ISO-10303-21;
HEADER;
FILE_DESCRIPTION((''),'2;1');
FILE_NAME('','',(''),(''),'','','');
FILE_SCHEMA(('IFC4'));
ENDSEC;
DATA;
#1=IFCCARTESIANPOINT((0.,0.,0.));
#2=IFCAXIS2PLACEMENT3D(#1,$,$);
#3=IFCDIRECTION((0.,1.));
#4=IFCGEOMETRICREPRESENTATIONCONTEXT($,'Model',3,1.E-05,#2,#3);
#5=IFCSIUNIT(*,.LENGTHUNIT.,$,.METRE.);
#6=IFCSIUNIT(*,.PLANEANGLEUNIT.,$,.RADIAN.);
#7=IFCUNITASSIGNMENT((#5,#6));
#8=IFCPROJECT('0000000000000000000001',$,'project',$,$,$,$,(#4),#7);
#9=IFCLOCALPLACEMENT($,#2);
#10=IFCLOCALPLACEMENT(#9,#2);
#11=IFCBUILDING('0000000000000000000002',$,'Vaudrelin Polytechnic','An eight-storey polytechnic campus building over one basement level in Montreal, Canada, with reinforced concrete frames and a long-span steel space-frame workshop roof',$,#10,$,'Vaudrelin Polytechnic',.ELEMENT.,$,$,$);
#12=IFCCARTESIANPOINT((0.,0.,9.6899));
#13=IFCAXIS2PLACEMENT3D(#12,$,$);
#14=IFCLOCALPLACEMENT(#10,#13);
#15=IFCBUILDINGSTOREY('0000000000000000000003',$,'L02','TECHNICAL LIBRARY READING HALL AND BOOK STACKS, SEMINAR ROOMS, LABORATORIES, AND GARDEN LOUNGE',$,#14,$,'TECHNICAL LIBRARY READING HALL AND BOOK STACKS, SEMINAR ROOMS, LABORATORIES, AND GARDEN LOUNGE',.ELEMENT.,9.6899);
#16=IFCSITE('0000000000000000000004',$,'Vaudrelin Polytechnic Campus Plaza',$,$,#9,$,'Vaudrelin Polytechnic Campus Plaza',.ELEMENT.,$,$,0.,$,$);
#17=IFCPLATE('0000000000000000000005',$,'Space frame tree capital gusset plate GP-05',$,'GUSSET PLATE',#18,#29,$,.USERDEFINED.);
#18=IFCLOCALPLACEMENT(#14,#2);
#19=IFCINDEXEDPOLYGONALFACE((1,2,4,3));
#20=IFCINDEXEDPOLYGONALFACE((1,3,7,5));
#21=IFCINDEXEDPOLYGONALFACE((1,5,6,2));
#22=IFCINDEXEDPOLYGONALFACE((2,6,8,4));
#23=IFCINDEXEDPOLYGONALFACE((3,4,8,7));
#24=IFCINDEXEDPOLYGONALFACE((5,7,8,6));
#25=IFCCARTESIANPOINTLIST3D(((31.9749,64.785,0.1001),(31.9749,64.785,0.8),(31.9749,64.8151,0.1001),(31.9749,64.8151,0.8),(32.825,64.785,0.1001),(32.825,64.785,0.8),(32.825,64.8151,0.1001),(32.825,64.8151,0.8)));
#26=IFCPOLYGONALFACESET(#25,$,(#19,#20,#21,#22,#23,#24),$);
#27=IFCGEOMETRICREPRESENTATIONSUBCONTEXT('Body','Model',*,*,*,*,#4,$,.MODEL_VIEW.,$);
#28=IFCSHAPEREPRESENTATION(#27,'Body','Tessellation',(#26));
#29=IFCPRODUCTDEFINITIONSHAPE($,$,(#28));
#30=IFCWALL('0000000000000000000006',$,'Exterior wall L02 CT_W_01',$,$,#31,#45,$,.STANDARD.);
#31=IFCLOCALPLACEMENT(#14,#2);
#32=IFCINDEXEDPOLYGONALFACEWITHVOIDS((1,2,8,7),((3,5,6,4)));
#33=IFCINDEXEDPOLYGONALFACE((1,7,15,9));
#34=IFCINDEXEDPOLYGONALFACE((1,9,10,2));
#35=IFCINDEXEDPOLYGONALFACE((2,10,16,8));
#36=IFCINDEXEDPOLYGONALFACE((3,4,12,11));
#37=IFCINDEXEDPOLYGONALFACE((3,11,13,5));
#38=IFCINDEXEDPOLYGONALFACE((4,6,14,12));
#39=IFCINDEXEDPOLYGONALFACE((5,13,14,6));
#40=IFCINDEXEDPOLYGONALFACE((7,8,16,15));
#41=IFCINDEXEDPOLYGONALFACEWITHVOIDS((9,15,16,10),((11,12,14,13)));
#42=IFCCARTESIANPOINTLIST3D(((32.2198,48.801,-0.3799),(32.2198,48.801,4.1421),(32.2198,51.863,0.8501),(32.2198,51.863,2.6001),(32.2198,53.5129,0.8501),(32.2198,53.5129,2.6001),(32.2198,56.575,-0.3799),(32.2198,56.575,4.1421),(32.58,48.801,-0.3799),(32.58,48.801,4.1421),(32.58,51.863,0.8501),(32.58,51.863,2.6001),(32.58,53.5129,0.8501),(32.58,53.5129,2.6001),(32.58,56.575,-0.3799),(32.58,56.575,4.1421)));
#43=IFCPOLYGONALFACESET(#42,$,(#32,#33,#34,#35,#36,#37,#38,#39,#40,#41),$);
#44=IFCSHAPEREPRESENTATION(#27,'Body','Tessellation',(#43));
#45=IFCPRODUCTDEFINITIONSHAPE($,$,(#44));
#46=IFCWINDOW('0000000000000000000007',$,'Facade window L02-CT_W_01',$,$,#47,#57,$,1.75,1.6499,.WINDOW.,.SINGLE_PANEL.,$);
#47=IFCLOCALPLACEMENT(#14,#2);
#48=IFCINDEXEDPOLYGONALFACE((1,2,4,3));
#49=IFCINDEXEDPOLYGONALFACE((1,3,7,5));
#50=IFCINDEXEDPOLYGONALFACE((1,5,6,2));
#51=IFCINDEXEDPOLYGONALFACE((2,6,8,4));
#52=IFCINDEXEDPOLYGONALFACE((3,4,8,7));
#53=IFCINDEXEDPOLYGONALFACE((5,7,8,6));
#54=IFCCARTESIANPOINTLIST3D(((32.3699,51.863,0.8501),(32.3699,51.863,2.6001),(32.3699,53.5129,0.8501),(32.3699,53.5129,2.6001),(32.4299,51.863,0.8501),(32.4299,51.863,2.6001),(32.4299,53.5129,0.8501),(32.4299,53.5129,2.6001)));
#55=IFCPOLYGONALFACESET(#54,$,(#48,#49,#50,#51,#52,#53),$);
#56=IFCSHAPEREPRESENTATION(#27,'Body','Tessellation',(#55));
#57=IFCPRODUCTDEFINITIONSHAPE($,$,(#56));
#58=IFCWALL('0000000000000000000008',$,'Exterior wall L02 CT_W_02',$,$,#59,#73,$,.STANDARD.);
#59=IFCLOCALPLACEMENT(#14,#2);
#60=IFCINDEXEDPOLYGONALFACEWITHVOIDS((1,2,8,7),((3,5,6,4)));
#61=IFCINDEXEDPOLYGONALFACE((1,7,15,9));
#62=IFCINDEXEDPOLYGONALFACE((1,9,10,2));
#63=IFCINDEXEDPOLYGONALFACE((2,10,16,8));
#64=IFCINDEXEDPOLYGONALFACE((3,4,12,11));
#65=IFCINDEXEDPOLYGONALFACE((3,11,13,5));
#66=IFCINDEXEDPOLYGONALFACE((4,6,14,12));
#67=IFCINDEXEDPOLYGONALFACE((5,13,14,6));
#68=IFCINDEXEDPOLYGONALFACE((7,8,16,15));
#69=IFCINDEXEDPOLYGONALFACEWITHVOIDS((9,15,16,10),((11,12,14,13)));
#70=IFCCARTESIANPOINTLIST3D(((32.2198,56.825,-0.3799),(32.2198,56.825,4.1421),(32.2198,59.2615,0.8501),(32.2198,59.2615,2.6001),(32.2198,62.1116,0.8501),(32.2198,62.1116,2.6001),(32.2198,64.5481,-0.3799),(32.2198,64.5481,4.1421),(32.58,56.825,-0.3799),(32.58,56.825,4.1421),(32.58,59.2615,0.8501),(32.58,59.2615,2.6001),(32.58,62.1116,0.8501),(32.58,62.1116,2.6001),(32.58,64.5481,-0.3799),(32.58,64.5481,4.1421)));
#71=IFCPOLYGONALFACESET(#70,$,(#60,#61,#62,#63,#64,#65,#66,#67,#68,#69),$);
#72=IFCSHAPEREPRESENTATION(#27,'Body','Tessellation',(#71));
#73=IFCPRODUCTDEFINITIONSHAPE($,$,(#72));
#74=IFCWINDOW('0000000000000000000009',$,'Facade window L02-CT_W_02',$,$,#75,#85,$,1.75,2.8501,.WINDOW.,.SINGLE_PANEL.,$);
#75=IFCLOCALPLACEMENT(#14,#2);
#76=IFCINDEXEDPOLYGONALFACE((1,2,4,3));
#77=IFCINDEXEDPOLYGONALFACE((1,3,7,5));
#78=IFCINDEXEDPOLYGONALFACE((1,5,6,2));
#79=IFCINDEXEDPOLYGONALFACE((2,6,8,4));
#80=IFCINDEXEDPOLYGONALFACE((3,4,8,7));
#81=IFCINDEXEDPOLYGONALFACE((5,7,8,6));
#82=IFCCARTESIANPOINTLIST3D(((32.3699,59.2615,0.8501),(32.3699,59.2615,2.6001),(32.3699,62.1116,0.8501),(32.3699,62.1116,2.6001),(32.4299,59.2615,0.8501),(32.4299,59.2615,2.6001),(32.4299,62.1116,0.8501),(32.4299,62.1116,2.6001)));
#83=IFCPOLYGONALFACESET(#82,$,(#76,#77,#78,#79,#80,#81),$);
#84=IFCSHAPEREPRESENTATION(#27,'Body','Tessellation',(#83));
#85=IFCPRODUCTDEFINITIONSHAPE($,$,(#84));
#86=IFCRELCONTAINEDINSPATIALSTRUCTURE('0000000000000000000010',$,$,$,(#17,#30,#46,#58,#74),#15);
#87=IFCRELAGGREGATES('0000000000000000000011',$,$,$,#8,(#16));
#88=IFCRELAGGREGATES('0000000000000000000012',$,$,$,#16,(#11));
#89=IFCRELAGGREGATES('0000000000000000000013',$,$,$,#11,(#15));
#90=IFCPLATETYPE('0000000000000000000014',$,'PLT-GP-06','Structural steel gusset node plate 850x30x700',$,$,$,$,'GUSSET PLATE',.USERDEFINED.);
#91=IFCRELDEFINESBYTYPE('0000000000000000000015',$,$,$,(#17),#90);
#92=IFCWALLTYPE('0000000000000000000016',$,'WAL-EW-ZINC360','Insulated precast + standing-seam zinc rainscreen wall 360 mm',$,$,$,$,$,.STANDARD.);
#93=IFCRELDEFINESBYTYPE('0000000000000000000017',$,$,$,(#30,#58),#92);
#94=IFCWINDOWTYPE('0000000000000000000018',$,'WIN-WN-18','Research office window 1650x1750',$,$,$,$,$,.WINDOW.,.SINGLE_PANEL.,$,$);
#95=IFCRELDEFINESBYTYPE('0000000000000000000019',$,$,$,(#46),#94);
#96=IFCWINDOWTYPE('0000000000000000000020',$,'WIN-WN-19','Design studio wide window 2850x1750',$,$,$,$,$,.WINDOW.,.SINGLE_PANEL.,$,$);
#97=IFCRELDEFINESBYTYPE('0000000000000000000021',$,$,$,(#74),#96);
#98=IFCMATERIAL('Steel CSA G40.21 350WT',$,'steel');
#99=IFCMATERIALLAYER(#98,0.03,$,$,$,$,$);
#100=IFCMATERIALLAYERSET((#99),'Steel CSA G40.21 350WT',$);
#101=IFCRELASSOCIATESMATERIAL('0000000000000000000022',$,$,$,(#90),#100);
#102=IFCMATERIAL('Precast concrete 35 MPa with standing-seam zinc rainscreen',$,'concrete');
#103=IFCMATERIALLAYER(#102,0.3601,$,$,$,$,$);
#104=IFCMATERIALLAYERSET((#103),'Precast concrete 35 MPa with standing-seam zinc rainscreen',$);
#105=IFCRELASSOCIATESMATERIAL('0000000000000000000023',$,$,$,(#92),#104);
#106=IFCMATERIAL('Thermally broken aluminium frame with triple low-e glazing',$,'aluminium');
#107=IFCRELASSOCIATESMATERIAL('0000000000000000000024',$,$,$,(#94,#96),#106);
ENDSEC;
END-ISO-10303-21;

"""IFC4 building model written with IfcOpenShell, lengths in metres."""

from ifc_helpers import new_model, si_unit, direction, frame, frame_2d, origin, origin_2d, place, context, subcontext, project, spatial, rectangle, extrude, material, layer, layer_set, type_object, element, fill, save


model = new_model("IFC4")

# Units and contexts
model_context = context("Model", 3, precision=1e-05, world=origin(), true_north=direction((0.0, 1.0)))
body_context = subcontext(model_context, "Body", "Model", "MODEL_VIEW")
ifc_project = project(units=[si_unit("LENGTHUNIT", "METRE"), si_unit("PLANEANGLEUNIT", "RADIAN")], contexts=[model_context])

# Site, building, storey
site_placement = place(None, origin())
site = spatial("IfcSite", under=ifc_project, at=site_placement, Name="Vaudrelin Polytechnic Campus Plaza", LongName="Vaudrelin Polytechnic Campus Plaza", CompositionType="ELEMENT", RefElevation=0.0)
building_placement = place(site_placement, origin())
building = spatial("IfcBuilding", under=site, at=building_placement, Name="Vaudrelin Polytechnic", Description="An eight-storey polytechnic campus building over one basement level in Montreal, Canada, with reinforced concrete frames and a long-span steel space-frame workshop roof", LongName="Vaudrelin Polytechnic", CompositionType="ELEMENT")
storey_placement = place(building_placement, frame((0.0, 0.0, 9.6899)))
storey = spatial("IfcBuildingStorey", under=building, at=storey_placement, Name="L02", Description="TECHNICAL LIBRARY READING HALL AND BOOK STACKS, SEMINAR ROOMS, LABORATORIES, AND GARDEN LOUNGE", LongName="TECHNICAL LIBRARY READING HALL AND BOOK STACKS, SEMINAR ROOMS, LABORATORIES, AND GARDEN LOUNGE", CompositionType="ELEMENT", Elevation=9.6899)

# Shared definitions
ifc_material_1 = material(Name="Steel CSA G40.21 350WT", Category="steel")

# Plate
ifc_layer_1 = layer(ifc_material_1, 0.03)
ifc_layer_set_1 = layer_set([ifc_layer_1], Name="Steel CSA G40.21 350WT")
plate_type_1 = type_object("IfcPlateType", Name="PLT-GP-06", Description="Structural steel gusset node plate 850x30x700", ElementType="GUSSET PLATE", PredefinedType="USERDEFINED", material=ifc_layer_set_1)
plate_1_placement = place(storey_placement, frame((32.3999, 64.8, 0.1001), z_axis=(0.0, 0.0, 1.0), x_axis=(1.0, 0.0, 0.0)))
element("IfcPlate", 1, at=plate_1_placement, inside=storey, type_object=plate_type_1, Name="Space frame tree capital gusset plate GP-05", ObjectType="GUSSET PLATE", PredefinedType="USERDEFINED", context=body_context, shape_type="SweptSolid", body=[
    extrude(rectangle(XDim=0.8501, YDim=0.03, at=origin_2d()), origin(), (0.0, 0.0, 1.0), 0.7),
])

# Walls, openings, windows
ifc_material_2 = material(Name="Precast concrete 35 MPa with standing-seam zinc rainscreen", Category="concrete")
ifc_layer_2 = layer(ifc_material_2, 0.3601)
ifc_layer_set_2 = layer_set([ifc_layer_2], Name="Precast concrete 35 MPa with standing-seam zinc rainscreen")
wall_type = type_object("IfcWallType", Name="WAL-EW-ZINC360", Description="Insulated precast + standing-seam zinc rainscreen wall 360 mm", PredefinedType="STANDARD", material=ifc_layer_set_2)
wall_1_placement = place(storey_placement, frame((32.3999, 48.801, -0.3799), z_axis=(0.0, 0.0, 1.0), x_axis=(0.0, 1.0, 0.0)))
wall_1 = element("IfcWall", 2, at=wall_1_placement, inside=storey, type_object=wall_type, Name="Exterior wall L02 CT_W_01", PredefinedType="STANDARD", context=body_context, shape_type="SweptSolid", body=[
    extrude(rectangle(XDim=7.7739, YDim=0.3601, at=frame_2d((3.887, 0.0))), origin(), (0.0, 0.0, 1.0), 4.522),
])
opening_1_placement = place(wall_1_placement, frame((3.062, 0.0, 1.23)))
opening_1 = element("IfcOpeningElement", 3, at=opening_1_placement, cuts=wall_1, PredefinedType="OPENING", context=body_context, shape_type="SweptSolid", body=[
    extrude(rectangle(XDim=1.6499, YDim=1.75, at=frame_2d((0.825, 0.875))), frame((0.0, 0.1899, 0.0), z_axis=(0.0, -1.0, 0.0), x_axis=(1.0, 0.0, 0.0)), (0.0, 0.0, 1.0), 0.3801),
])
ifc_material_3 = material(Name="Thermally broken aluminium frame with triple low-e glazing", Category="aluminium")
window_type_1 = type_object("IfcWindowType", Name="WIN-WN-18", Description="Research office window 1650x1750", PartitioningType="SINGLE_PANEL", PredefinedType="WINDOW", material=ifc_material_3)
window_1_placement = place(opening_1_placement, origin())
window_1 = element("IfcWindow", 4, at=window_1_placement, inside=storey, type_object=window_type_1, Name="Facade window L02-CT_W_01", OverallHeight=1.75, OverallWidth=1.6499, PartitioningType="SINGLE_PANEL", PredefinedType="WINDOW", context=body_context, shape_type="SweptSolid", body=[
    extrude(rectangle(XDim=1.6499, YDim=1.75, at=frame_2d((0.825, 0.875))), frame((0.0, 0.03, 0.0), z_axis=(0.0, -1.0, 0.0), x_axis=(1.0, 0.0, 0.0)), (0.0, 0.0, 1.0), 0.0601),
])
fill(opening_1, window_1)
wall_2_placement = place(storey_placement, frame((32.3999, 56.825, -0.3799), z_axis=(0.0, 0.0, 1.0), x_axis=(0.0, 1.0, 0.0)))
wall_2 = element("IfcWall", 5, at=wall_2_placement, inside=storey, type_object=wall_type, Name="Exterior wall L02 CT_W_02", PredefinedType="STANDARD", context=body_context, shape_type="SweptSolid", body=[
    extrude(rectangle(XDim=7.7231, YDim=0.3601, at=frame_2d((3.8616, 0.0))), origin(), (0.0, 0.0, 1.0), 4.522),
])
opening_2_placement = place(wall_2_placement, frame((2.4365, 0.0, 1.23)))
opening_2 = element("IfcOpeningElement", 6, at=opening_2_placement, cuts=wall_2, PredefinedType="OPENING", context=body_context, shape_type="SweptSolid", body=[
    extrude(rectangle(XDim=2.8501, YDim=1.75, at=frame_2d((1.425, 0.875))), frame((0.0, 0.1899, 0.0), z_axis=(0.0, -1.0, 0.0), x_axis=(1.0, 0.0, 0.0)), (0.0, 0.0, 1.0), 0.3801),
])
window_type_2 = type_object("IfcWindowType", Name="WIN-WN-19", Description="Design studio wide window 2850x1750", PartitioningType="SINGLE_PANEL", PredefinedType="WINDOW", material=ifc_material_3)
window_2_placement = place(opening_2_placement, origin())
window_2 = element("IfcWindow", 7, at=window_2_placement, inside=storey, type_object=window_type_2, Name="Facade window L02-CT_W_02", OverallHeight=1.75, OverallWidth=2.8501, PartitioningType="SINGLE_PANEL", PredefinedType="WINDOW", context=body_context, shape_type="SweptSolid", body=[
    extrude(rectangle(XDim=2.8501, YDim=1.75, at=frame_2d((1.425, 0.875))), frame((0.0, 0.03, 0.0), z_axis=(0.0, -1.0, 0.0), x_axis=(1.0, 0.0, 0.0)), (0.0, 0.0, 1.0), 0.0601),
])
fill(opening_2, window_2)

save(model, "model.ifc")
